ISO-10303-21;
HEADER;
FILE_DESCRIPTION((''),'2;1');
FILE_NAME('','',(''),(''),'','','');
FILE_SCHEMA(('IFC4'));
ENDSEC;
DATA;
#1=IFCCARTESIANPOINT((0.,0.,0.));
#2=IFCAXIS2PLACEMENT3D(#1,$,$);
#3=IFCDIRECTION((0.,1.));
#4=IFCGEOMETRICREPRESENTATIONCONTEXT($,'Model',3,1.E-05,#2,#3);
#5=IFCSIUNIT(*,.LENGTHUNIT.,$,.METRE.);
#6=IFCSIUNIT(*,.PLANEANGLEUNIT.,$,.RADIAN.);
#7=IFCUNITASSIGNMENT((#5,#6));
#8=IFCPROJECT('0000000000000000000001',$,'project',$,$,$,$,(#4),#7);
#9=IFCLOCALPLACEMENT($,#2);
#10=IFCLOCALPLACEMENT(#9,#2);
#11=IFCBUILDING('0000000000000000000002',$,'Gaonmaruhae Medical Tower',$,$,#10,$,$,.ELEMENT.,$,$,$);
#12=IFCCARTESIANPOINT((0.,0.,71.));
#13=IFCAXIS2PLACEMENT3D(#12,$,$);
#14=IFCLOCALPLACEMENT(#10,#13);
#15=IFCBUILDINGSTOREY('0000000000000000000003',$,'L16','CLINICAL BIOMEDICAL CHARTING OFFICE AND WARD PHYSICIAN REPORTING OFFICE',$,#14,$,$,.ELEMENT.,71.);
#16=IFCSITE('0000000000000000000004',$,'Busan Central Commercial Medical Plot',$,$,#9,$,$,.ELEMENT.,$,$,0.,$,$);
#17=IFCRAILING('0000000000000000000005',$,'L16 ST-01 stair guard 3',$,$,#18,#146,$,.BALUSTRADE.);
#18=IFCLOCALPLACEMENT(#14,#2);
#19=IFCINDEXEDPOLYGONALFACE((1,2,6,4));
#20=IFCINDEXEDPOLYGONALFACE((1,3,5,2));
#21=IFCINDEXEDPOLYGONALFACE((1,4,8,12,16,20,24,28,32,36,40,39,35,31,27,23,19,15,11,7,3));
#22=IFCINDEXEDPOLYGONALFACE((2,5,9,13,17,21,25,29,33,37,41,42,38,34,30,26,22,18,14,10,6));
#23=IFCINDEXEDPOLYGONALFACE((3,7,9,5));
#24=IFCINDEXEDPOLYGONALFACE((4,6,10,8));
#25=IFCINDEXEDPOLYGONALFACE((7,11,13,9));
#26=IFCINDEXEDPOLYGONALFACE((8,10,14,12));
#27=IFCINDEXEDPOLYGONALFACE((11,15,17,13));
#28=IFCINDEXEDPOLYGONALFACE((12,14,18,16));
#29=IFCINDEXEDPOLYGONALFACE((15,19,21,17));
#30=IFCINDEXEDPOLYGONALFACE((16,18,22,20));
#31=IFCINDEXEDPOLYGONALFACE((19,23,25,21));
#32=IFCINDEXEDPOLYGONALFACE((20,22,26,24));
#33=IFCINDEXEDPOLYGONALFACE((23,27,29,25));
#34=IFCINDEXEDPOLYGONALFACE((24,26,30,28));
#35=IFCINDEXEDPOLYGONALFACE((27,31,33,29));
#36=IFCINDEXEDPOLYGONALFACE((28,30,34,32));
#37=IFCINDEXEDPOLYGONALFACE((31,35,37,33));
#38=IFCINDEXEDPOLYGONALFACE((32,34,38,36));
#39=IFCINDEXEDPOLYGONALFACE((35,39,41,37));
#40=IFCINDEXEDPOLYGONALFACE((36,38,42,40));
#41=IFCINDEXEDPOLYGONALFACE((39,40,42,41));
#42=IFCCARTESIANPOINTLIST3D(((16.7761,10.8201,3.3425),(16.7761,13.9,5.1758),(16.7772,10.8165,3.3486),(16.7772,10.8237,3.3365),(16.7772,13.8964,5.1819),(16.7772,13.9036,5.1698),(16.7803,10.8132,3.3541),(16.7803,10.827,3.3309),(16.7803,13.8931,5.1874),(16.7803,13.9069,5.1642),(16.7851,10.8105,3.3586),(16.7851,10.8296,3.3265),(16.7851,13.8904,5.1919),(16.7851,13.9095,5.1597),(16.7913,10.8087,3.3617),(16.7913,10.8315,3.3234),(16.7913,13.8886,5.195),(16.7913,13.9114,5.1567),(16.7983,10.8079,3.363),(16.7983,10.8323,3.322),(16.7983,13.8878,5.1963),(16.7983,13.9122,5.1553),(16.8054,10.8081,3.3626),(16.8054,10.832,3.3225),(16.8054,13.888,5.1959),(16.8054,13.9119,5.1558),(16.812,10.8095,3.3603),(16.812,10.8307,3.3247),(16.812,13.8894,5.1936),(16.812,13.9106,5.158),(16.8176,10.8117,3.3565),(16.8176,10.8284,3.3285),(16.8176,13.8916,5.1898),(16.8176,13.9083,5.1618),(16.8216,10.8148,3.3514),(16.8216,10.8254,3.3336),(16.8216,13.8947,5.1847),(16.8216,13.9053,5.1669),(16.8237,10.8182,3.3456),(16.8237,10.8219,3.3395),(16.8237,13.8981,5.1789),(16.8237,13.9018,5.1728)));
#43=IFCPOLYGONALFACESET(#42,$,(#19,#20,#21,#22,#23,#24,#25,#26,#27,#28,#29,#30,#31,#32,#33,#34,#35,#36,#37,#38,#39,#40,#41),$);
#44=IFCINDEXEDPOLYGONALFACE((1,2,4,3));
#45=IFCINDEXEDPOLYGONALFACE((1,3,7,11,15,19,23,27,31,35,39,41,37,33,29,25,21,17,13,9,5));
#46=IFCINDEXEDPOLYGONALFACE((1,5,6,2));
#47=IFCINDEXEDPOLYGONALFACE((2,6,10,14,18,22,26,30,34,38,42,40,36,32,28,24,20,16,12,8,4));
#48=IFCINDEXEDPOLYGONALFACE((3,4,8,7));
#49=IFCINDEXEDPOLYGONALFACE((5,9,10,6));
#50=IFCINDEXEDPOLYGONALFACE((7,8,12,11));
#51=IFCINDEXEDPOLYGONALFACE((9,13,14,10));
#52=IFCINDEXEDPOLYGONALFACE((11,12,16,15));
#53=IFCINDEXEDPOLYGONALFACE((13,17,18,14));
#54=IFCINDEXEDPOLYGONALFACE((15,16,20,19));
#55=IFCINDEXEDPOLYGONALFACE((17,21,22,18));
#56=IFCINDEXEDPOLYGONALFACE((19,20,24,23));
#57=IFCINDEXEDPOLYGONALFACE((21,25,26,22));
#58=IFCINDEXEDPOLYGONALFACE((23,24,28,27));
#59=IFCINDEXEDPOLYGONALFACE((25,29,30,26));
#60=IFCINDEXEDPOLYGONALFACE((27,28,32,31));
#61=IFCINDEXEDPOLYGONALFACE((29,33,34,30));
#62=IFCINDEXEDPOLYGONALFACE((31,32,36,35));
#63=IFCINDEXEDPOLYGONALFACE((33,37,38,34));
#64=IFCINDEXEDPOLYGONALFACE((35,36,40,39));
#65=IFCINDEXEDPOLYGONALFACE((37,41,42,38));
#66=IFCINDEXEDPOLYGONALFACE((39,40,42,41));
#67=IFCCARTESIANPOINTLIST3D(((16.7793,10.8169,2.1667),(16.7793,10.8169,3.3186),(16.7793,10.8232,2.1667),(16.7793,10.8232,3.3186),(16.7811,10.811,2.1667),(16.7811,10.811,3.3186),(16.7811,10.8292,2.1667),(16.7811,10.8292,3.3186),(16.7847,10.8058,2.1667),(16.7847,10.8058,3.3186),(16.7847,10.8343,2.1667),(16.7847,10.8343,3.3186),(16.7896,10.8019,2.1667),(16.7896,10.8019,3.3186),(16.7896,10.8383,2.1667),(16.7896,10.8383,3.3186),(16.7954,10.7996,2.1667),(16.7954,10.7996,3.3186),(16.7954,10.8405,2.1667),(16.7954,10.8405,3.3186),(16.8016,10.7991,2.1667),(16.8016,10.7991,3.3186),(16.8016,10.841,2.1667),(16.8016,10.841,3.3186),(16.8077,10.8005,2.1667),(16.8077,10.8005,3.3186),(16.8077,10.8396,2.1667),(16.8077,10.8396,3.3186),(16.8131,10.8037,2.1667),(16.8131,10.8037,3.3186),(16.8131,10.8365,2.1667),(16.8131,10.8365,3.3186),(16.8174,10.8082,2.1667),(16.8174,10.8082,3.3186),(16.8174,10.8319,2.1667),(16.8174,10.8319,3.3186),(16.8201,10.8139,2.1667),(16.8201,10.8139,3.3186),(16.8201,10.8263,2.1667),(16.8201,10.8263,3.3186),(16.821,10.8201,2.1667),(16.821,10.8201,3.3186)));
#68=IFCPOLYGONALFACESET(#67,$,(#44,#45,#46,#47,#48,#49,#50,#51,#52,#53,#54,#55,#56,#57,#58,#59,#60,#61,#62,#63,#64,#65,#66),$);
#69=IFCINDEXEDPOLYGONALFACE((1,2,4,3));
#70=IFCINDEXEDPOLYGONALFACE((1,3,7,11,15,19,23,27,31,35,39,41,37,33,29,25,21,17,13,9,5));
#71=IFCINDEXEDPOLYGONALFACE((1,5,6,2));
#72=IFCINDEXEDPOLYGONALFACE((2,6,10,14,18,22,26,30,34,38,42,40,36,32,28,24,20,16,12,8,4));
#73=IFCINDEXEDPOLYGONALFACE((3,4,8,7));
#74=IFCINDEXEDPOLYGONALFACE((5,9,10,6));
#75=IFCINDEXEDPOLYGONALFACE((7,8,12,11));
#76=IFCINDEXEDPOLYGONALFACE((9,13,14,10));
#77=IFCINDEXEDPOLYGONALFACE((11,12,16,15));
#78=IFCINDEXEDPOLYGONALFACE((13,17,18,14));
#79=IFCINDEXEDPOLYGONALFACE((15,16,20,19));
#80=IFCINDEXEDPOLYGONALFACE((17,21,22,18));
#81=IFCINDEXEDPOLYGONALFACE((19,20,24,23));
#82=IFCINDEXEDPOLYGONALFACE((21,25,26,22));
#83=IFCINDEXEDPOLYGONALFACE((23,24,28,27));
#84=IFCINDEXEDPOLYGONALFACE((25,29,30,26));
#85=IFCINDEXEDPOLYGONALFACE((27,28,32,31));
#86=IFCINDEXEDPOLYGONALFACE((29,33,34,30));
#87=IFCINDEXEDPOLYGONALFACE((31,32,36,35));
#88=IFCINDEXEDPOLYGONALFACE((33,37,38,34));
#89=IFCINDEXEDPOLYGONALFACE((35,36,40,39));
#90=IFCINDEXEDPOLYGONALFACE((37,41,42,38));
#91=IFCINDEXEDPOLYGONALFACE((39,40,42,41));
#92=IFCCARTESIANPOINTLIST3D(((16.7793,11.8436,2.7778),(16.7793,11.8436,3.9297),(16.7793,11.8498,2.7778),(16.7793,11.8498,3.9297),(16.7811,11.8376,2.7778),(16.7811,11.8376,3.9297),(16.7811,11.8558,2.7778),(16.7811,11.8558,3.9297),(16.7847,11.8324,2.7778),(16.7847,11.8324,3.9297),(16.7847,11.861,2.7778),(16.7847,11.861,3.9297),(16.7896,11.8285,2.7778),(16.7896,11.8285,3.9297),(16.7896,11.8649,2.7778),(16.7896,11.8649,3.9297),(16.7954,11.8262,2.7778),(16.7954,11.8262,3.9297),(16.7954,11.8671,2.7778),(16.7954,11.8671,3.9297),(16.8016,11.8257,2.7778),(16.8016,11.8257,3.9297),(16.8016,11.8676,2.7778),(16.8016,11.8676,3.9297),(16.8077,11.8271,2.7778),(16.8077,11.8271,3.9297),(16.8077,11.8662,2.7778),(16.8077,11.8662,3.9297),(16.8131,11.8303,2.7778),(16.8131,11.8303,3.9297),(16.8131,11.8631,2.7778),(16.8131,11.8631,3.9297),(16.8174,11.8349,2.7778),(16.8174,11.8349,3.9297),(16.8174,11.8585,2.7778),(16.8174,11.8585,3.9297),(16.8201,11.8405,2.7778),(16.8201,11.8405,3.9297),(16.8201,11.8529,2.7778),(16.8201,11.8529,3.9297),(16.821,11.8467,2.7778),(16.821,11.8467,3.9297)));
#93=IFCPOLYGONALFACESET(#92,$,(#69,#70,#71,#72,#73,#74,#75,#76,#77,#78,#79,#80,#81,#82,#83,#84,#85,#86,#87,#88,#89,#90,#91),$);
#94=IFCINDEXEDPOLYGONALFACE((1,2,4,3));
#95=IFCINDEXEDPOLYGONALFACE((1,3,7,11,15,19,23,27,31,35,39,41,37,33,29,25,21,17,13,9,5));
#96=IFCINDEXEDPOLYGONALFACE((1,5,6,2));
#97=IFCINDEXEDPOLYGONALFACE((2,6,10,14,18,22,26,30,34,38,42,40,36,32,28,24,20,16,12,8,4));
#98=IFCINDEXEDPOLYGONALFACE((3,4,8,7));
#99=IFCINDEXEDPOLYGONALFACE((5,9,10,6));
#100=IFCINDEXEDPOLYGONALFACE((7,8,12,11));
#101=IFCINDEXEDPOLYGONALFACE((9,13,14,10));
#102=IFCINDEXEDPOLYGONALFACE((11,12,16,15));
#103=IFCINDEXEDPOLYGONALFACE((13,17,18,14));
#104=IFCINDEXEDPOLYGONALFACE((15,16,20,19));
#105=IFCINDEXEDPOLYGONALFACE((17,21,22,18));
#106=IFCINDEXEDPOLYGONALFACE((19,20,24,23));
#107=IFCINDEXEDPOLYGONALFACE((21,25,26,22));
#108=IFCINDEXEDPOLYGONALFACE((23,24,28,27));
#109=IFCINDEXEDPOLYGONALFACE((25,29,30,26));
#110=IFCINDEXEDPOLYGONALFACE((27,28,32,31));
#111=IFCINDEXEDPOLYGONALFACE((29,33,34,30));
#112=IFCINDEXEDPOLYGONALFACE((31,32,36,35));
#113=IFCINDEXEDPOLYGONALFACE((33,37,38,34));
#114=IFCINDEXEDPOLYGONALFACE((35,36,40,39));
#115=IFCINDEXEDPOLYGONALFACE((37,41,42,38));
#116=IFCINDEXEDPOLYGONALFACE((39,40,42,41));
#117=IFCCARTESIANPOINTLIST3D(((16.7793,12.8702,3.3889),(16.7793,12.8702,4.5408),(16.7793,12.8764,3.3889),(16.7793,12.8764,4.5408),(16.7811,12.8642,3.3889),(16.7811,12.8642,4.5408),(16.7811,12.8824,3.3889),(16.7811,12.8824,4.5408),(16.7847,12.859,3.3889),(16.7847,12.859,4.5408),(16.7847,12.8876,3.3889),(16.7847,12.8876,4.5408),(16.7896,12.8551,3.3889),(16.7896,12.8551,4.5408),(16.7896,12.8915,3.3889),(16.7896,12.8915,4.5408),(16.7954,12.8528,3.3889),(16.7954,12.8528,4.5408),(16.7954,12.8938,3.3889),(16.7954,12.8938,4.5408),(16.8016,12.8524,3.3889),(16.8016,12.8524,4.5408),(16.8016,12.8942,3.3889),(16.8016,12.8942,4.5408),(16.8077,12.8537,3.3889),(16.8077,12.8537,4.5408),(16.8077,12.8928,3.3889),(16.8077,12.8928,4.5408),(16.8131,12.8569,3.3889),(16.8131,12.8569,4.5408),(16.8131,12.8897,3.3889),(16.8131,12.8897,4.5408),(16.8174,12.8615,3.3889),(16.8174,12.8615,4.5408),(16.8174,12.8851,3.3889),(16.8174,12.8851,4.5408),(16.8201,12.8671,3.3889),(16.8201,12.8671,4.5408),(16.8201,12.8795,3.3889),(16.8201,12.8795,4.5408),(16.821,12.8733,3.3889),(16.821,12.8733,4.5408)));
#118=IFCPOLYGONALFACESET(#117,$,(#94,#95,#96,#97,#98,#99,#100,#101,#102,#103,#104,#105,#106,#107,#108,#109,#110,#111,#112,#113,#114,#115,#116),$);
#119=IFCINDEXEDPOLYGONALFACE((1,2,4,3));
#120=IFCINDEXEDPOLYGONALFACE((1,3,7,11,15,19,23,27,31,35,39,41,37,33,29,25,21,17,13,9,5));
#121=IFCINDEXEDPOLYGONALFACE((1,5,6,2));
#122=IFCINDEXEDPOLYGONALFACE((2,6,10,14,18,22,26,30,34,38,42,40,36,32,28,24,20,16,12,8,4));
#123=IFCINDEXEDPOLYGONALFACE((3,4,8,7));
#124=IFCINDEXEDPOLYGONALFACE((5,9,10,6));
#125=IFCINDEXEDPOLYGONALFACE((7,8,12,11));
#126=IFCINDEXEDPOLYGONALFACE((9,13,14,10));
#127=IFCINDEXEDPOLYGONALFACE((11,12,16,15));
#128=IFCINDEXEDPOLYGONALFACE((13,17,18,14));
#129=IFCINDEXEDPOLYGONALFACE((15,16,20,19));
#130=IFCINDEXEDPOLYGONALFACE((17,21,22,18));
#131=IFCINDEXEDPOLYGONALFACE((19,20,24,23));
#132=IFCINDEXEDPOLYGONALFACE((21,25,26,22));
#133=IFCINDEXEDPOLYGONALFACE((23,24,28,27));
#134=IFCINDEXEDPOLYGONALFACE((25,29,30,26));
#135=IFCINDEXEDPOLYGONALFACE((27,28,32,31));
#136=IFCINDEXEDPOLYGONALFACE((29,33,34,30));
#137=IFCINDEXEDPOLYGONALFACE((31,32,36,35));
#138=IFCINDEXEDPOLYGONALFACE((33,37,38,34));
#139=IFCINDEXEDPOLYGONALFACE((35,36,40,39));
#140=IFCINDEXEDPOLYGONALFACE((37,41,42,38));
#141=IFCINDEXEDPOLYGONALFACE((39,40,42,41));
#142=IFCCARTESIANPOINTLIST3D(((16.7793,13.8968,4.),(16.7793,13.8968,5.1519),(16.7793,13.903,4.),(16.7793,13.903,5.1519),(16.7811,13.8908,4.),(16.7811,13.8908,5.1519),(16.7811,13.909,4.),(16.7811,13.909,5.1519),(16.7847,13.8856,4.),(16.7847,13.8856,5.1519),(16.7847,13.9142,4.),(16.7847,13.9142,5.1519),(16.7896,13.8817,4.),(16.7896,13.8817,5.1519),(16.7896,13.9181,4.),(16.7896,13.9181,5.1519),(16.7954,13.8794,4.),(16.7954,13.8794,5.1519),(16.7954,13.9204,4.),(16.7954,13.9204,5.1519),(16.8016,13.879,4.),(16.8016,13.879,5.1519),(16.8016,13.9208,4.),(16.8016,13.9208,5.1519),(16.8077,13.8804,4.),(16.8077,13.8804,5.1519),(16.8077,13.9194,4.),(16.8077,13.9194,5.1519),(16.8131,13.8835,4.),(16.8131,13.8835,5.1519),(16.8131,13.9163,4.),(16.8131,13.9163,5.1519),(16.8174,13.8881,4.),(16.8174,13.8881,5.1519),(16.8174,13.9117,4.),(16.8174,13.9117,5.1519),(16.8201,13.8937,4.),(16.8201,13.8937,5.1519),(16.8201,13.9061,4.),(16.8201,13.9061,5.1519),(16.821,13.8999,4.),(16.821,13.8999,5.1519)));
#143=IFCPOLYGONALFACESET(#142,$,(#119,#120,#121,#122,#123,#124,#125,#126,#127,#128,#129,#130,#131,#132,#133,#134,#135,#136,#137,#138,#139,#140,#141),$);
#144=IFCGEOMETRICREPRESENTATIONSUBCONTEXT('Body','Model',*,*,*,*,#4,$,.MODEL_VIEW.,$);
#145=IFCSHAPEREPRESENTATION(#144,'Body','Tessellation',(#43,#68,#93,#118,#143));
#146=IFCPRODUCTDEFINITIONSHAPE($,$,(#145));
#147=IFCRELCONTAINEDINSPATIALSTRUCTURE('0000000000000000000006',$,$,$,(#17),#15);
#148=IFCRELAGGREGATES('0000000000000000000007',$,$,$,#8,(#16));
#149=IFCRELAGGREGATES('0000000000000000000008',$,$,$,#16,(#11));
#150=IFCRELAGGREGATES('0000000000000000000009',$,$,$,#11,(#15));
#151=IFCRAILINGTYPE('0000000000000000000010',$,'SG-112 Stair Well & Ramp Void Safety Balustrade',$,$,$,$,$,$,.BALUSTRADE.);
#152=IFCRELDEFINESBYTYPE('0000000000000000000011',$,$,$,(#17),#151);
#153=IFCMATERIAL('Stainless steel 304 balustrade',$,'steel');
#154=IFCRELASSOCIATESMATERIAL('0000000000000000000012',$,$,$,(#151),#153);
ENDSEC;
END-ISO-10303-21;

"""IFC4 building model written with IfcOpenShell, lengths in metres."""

from ifc_helpers import new_model, si_unit, direction, frame, origin, origin_2d, place, context, subcontext, project, spatial, circle, extrude, material, type_object, element, save


model = new_model("IFC4")

# Units and contexts
model_context = context("Model", 3, precision=1e-05, world=origin(), true_north=direction((0.0, 1.0)))
body_context = subcontext(model_context, "Body", "Model", "MODEL_VIEW")
ifc_project = project(units=[si_unit("LENGTHUNIT", "METRE"), si_unit("PLANEANGLEUNIT", "RADIAN")], contexts=[model_context])

# Site, building, storey
site_placement = place(None, origin())
site = spatial("IfcSite", under=ifc_project, at=site_placement, Name="Busan Central Commercial Medical Plot", CompositionType="ELEMENT", RefElevation=0.0)
building_placement = place(site_placement, origin())
building = spatial("IfcBuilding", under=site, at=building_placement, Name="Gaonmaruhae Medical Tower", CompositionType="ELEMENT")
storey_placement = place(building_placement, frame((0.0, 0.0, 71.0)))
storey = spatial("IfcBuildingStorey", under=building, at=storey_placement, Name="L16", Description="CLINICAL BIOMEDICAL CHARTING OFFICE AND WARD PHYSICIAN REPORTING OFFICE", CompositionType="ELEMENT", Elevation=71.0)

# Railing
ifc_material_1 = material(Name="Stainless steel 304 balustrade", Category="steel")
railing_type_1 = type_object("IfcRailingType", Name="SG-112 Stair Well & Ramp Void Safety Balustrade", PredefinedType="BALUSTRADE", material=ifc_material_1)
railing_1_placement = place(storey_placement, frame((16.8, 10.8201, 2.1667)))
element("IfcRailing", 1, at=railing_1_placement, inside=storey, type_object=railing_type_1, Name="L16 ST-01 stair guard 3", PredefinedType="BALUSTRADE", context=body_context, shape_type="SweptSolid", body=[
    extrude(circle(Radius=0.0239, at=origin_2d()), frame((0.0, 0.0, 1.1758), z_axis=(0.0, 0.859291, 0.511487), x_axis=(-1.0, 0.0, 0.0)), (0.0, 0.0, 1.0), 3.5842),
    extrude(circle(Radius=0.021, at=origin_2d()), origin(), (0.0, 0.0, 1.0), 1.1519),
    extrude(circle(Radius=0.021, at=origin_2d()), frame((0.0, 1.0266, 0.6111)), (0.0, 0.0, 1.0), 1.1519),
    extrude(circle(Radius=0.021, at=origin_2d()), frame((0.0, 2.0532, 1.2222)), (0.0, 0.0, 1.0), 1.1519),
    extrude(circle(Radius=0.021, at=origin_2d()), frame((0.0, 3.0798, 1.8333)), (0.0, 0.0, 1.0), 1.1519),
])

save(model, "model.ifc")
